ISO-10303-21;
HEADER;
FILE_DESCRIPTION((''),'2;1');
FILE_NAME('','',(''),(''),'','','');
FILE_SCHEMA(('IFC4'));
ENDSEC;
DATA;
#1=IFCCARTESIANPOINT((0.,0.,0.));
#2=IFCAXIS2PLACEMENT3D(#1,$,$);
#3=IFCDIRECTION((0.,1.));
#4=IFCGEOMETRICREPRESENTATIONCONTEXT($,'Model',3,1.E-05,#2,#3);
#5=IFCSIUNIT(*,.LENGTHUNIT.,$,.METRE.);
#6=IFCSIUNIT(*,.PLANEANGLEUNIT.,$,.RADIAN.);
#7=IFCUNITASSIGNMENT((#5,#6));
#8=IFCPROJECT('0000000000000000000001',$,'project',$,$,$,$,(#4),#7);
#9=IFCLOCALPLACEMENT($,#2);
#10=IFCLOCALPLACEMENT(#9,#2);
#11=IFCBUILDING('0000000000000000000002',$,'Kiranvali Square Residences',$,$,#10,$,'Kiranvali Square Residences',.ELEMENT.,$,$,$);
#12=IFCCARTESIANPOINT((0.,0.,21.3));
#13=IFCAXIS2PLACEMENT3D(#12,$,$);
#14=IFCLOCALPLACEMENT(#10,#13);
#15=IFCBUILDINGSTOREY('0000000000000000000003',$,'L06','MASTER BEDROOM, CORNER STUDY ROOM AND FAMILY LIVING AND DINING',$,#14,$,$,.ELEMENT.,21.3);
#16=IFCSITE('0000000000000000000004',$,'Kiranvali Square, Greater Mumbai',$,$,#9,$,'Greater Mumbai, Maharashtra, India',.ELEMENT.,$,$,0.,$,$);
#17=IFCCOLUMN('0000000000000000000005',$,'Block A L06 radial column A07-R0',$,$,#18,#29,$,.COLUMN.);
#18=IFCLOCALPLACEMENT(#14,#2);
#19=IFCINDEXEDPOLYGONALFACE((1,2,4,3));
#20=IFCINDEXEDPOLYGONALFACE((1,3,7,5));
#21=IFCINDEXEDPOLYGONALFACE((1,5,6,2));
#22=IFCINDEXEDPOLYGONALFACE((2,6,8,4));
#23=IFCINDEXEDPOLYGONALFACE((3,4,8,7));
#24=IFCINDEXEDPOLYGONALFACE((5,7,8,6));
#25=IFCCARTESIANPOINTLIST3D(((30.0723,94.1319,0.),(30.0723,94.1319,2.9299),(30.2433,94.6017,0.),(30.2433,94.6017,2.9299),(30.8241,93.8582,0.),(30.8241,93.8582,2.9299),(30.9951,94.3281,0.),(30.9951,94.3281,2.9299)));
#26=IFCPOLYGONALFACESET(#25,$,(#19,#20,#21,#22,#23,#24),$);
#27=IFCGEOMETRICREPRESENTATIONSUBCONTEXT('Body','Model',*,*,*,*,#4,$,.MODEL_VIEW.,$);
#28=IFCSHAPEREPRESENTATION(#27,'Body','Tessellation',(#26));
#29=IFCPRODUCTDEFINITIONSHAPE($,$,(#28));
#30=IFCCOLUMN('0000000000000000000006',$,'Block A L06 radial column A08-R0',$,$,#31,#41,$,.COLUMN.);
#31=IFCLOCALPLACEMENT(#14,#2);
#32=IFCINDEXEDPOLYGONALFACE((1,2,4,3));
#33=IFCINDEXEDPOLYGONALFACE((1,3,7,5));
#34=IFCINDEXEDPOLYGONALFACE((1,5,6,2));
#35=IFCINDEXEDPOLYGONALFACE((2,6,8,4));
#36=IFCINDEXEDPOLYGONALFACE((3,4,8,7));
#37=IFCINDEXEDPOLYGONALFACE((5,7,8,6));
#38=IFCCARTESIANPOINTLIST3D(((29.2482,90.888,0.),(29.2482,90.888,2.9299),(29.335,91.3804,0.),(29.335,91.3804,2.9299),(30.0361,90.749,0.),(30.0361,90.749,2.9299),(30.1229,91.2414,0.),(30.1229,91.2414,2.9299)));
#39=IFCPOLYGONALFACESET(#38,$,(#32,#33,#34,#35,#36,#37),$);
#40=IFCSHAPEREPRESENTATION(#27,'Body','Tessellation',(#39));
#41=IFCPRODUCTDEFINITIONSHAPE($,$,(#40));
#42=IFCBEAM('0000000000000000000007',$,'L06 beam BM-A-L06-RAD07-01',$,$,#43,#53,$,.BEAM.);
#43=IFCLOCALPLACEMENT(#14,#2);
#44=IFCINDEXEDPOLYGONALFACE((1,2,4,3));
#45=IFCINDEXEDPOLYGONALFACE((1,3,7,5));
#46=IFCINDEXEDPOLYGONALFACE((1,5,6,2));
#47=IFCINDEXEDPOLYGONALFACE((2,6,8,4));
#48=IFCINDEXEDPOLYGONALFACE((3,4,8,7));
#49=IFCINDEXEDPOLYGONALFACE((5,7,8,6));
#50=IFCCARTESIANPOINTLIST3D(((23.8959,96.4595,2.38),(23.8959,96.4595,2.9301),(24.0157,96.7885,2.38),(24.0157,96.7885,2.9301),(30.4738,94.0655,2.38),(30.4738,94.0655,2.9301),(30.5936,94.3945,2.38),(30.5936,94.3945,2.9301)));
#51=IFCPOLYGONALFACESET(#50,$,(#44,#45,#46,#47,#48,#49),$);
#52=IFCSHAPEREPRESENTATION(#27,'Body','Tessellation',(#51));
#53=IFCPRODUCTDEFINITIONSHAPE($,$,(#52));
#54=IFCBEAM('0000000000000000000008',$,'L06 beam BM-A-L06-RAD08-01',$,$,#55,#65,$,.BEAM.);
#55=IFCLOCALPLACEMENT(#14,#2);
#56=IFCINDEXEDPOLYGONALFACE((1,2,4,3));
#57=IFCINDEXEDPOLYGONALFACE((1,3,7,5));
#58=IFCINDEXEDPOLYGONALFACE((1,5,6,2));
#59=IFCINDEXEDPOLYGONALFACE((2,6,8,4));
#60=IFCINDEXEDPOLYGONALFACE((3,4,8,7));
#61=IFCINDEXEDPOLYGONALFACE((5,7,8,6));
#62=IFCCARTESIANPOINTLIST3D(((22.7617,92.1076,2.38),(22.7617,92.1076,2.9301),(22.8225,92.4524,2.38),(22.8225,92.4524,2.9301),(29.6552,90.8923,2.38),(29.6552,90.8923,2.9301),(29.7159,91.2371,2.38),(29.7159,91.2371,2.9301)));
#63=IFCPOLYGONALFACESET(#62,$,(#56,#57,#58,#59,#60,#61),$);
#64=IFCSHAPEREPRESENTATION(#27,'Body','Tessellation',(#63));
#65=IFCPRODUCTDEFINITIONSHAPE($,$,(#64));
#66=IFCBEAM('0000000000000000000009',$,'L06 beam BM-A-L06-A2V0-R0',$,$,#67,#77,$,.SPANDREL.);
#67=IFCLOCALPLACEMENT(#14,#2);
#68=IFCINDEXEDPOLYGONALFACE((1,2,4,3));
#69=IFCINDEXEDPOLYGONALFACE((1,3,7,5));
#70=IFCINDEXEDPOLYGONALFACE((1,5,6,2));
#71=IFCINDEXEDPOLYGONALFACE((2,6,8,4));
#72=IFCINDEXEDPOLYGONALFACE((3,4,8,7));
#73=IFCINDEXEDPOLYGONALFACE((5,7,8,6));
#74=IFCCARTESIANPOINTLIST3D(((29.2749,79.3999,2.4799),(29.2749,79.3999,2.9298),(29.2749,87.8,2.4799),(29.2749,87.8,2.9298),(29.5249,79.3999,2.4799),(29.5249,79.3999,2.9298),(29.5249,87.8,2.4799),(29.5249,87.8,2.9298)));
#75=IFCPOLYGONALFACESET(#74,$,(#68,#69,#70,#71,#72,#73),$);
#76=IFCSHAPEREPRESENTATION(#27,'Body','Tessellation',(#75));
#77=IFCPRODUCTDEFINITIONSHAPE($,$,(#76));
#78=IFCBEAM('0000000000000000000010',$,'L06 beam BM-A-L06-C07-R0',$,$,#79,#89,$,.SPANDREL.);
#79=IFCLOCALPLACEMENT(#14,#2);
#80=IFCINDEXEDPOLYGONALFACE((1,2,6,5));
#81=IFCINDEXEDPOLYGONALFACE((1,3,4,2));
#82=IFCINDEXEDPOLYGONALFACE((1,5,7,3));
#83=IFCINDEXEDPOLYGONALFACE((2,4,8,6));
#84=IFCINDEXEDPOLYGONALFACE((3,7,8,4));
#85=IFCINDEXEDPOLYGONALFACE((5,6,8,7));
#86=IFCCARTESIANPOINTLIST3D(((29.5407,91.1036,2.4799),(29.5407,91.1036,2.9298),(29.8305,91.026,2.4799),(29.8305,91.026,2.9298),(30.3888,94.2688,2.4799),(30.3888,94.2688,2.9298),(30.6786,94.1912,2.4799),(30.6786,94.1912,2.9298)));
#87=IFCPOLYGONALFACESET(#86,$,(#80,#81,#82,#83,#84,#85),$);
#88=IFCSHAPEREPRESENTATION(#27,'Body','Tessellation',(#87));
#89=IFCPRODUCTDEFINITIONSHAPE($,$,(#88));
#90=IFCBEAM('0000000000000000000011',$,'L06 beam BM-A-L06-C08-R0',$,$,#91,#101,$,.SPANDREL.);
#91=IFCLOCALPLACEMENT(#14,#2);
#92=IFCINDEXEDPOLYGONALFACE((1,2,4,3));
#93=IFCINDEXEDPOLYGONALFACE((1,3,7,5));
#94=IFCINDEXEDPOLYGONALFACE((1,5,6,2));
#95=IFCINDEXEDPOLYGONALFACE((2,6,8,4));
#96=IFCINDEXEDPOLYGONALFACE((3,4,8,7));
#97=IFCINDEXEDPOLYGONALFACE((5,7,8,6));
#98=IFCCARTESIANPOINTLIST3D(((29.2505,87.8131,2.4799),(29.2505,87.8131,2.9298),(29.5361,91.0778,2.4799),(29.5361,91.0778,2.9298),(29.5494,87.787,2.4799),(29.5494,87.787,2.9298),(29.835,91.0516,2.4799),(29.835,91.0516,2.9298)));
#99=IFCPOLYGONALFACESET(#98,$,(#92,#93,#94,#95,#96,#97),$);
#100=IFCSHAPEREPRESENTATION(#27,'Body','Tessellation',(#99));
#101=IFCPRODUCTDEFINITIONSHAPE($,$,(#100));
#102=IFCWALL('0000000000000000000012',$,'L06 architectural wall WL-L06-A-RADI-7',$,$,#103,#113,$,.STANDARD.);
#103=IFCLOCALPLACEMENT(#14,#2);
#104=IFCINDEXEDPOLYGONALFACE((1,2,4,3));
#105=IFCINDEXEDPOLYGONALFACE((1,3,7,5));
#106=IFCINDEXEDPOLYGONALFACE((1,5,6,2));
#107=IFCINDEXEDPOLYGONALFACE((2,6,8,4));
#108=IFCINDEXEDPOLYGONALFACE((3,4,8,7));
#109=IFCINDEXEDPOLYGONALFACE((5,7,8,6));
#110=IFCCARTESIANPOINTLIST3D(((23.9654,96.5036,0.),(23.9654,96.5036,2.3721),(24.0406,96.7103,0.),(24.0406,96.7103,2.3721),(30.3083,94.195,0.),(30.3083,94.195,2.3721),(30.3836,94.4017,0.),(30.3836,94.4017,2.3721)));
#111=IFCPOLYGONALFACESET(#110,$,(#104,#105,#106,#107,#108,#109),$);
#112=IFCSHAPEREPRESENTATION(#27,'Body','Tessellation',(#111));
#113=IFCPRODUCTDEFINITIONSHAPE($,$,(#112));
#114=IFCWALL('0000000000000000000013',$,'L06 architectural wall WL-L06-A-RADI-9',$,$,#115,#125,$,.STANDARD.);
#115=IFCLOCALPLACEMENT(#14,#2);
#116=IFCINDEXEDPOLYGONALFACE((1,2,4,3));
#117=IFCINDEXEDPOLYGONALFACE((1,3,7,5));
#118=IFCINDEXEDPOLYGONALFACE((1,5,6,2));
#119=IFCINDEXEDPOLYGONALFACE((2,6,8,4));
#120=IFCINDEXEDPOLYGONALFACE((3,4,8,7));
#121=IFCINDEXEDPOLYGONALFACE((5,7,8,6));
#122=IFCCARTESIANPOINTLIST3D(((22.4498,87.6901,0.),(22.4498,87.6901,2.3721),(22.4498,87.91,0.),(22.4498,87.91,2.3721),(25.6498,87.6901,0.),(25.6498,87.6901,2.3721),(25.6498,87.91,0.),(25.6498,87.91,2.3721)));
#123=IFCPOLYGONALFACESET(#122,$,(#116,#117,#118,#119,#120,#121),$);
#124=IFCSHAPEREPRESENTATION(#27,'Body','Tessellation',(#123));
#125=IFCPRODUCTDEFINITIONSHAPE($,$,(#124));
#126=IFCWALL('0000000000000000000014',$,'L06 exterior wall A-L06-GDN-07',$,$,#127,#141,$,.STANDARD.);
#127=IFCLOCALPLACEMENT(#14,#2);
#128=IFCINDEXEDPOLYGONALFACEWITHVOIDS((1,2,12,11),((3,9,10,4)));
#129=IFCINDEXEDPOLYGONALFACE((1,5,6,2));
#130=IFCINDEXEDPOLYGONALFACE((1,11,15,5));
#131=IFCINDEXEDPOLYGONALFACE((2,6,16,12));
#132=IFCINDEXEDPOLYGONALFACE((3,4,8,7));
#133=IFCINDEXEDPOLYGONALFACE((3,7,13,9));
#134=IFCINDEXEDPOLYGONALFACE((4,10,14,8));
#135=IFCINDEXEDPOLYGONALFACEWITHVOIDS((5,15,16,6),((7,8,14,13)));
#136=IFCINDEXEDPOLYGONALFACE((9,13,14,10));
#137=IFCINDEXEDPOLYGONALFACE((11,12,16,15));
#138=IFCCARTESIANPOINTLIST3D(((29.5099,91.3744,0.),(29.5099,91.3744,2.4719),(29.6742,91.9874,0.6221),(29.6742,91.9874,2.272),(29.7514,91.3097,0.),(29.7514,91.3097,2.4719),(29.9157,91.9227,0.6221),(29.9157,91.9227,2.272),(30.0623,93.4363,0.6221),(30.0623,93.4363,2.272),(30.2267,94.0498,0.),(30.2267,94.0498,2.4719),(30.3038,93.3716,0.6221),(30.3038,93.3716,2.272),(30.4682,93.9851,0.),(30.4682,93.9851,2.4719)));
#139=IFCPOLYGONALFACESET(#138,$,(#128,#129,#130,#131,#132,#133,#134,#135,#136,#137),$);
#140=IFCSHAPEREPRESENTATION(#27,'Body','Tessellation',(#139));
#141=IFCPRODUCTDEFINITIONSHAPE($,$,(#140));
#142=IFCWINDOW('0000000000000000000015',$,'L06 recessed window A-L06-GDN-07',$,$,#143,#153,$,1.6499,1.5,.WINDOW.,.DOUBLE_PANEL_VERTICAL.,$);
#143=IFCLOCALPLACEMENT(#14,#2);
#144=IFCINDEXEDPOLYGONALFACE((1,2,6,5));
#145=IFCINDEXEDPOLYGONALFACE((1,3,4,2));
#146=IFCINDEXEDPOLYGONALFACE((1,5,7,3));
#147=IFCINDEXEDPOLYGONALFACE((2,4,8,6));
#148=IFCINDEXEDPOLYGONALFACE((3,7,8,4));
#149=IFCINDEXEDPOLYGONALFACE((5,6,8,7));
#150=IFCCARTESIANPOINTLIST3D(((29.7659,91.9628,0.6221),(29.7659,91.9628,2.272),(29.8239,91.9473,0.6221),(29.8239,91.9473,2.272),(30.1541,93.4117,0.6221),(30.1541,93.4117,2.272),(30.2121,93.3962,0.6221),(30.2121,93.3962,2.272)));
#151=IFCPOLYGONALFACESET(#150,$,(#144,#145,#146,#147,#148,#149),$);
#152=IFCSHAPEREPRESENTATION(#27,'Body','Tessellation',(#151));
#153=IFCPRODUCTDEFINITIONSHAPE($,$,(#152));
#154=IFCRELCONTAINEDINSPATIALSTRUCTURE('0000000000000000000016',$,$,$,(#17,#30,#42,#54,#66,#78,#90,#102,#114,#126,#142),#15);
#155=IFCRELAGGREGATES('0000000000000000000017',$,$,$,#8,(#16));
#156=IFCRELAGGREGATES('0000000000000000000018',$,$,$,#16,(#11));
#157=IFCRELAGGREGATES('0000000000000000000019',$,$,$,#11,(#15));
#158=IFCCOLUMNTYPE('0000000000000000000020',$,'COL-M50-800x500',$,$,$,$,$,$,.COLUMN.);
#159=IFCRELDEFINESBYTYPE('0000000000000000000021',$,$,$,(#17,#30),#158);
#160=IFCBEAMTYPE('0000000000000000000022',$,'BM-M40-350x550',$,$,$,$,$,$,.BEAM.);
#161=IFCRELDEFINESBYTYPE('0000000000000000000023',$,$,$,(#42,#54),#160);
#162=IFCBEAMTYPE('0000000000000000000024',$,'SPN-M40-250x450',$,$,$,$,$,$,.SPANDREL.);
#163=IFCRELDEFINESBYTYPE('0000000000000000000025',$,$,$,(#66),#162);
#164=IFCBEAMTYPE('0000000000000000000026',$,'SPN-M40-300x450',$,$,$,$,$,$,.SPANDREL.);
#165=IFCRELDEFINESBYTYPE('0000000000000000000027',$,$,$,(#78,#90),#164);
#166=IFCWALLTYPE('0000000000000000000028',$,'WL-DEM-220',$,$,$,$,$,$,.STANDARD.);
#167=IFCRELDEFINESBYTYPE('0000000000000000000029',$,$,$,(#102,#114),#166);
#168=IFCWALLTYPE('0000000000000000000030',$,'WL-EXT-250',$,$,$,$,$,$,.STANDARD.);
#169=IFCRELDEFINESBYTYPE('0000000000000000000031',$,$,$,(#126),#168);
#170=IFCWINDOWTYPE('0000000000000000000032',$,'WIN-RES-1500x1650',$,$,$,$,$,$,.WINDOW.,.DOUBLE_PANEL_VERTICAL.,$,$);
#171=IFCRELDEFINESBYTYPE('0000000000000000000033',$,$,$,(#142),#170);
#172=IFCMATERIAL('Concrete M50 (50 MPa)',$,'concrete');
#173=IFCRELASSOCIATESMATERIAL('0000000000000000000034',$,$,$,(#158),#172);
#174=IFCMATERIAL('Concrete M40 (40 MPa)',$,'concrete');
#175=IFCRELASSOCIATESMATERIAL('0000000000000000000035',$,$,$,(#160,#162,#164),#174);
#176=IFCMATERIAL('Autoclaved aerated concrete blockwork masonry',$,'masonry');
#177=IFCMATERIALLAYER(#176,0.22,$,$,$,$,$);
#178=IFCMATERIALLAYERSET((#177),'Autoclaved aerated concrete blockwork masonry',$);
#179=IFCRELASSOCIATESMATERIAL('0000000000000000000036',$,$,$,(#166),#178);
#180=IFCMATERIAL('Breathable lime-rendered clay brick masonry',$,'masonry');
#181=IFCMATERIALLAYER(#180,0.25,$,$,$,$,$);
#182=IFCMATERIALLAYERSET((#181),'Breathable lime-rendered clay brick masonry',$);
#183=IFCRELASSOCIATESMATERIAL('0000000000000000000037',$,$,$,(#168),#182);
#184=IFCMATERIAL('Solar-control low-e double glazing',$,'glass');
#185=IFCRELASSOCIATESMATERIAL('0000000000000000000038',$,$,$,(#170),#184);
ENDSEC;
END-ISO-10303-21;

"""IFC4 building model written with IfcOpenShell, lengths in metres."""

from ifc_helpers import new_model, si_unit, direction, frame, frame_2d, origin, origin_2d, place, context, subcontext, project, spatial, rectangle, extrude, material, layer, layer_set, material_profile, profile_set, type_object, element, fill, save


model = new_model("IFC4")

# Units and contexts
model_context = context("Model", 3, precision=1e-05, world=origin(), true_north=direction((0.0, 1.0)))
body_context = subcontext(model_context, "Body", "Model", "MODEL_VIEW")
ifc_project = project(units=[si_unit("LENGTHUNIT", "METRE"), si_unit("PLANEANGLEUNIT", "RADIAN")], contexts=[model_context])

# Site, building, storey
site_placement = place(None, origin())
site = spatial("IfcSite", under=ifc_project, at=site_placement, Name="Kiranvali Square, Greater Mumbai", LongName="Greater Mumbai, Maharashtra, India", CompositionType="ELEMENT", RefElevation=0.0)
building_placement = place(site_placement, origin())
building = spatial("IfcBuilding", under=site, at=building_placement, Name="Kiranvali Square Residences", LongName="Kiranvali Square Residences", CompositionType="ELEMENT")
storey_placement = place(building_placement, frame((0.0, 0.0, 21.3)))
storey = spatial("IfcBuildingStorey", under=building, at=storey_placement, Name="L06", Description="MASTER BEDROOM, CORNER STUDY ROOM AND FAMILY LIVING AND DINING", CompositionType="ELEMENT", Elevation=21.3)

# Columns
ifc_material_1 = material(Name="Concrete M50 (50 MPa)", Category="concrete")
ifc_material_profile_1 = material_profile(ifc_material_1, rectangle(XDim=0.5, YDim=0.8, at=origin_2d()), Name="RC 800x500")
ifc_profile_set_1 = profile_set([ifc_material_profile_1], Name="Concrete M50 (50 MPa)")
column_type = type_object("IfcColumnType", Name="COL-M50-800x500", PredefinedType="COLUMN", material=ifc_profile_set_1)
for number, where, z_axis, x_axis, name in (
    (1, (30.5337, 94.23, 0.0), (0.0, 0.0, 1.0), (0.34202, 0.939693, 0.0), "Block A L06 radial column A07-R0"),
    (2, (29.6855, 91.0647, 0.0), (0.0, 0.0, 1.0), (0.173648, 0.984808, 0.0), "Block A L06 radial column A08-R0"),
):
    element("IfcColumn", number, at=place(storey_placement, frame(where, z_axis=z_axis, x_axis=x_axis)), inside=storey, type_object=column_type, Name=name, PredefinedType="COLUMN", context=body_context, shape_type="SweptSolid", body=[
        extrude(rectangle(XDim=0.5, YDim=0.8, at=origin_2d()), origin(), (0.0, 0.0, 1.0), 2.9299),
    ])

# Beams
ifc_material_2 = material(Name="Concrete M40 (40 MPa)", Category="concrete")
ifc_material_profile_2 = material_profile(ifc_material_2, rectangle(XDim=0.3501, YDim=0.55, at=origin_2d()), Name="RC 350x550")
ifc_profile_set_2 = profile_set([ifc_material_profile_2], Name="Concrete M40 (40 MPa)")
beam_type_1 = type_object("IfcBeamType", Name="BM-M40-350x550", PredefinedType="BEAM", material=ifc_profile_set_2)
beam_1_placement = place(storey_placement, frame((30.5337, 94.23, 2.655), z_axis=(-0.939698, 0.342006, 0.0), x_axis=(-0.342006, -0.939698, 0.0)))
element("IfcBeam", 3, at=beam_1_placement, inside=storey, type_object=beam_type_1, Name="L06 beam BM-A-L06-RAD07-01", PredefinedType="BEAM", context=body_context, shape_type="SweptSolid", body=[
    extrude(rectangle(XDim=0.3501, YDim=0.55, at=origin_2d()), origin(), (0.0, 0.0, 1.0), 7.0),
])
beam_2_placement = place(storey_placement, frame((29.6855, 91.0647, 2.655), z_axis=(-0.984812, 0.173622, 0.0), x_axis=(-0.173622, -0.984812, 0.0)))
element("IfcBeam", 4, at=beam_2_placement, inside=storey, type_object=beam_type_1, Name="L06 beam BM-A-L06-RAD08-01", PredefinedType="BEAM", context=body_context, shape_type="SweptSolid", body=[
    extrude(rectangle(XDim=0.3501, YDim=0.55, at=origin_2d()), origin(), (0.0, 0.0, 1.0), 6.9998),
])
ifc_material_profile_3 = material_profile(ifc_material_2, rectangle(XDim=0.25, YDim=0.45, at=origin_2d()), Name="RC 250x450")
ifc_profile_set_3 = profile_set([ifc_material_profile_3], Name="Concrete M40 (40 MPa)")
beam_type_2 = type_object("IfcBeamType", Name="SPN-M40-250x450", PredefinedType="SPANDREL", material=ifc_profile_set_3)
beam_3_placement = place(storey_placement, frame((29.3999, 87.8, 2.7048), z_axis=(0.0, -1.0, 0.0), x_axis=(1.0, 0.0, 0.0)))
element("IfcBeam", 5, at=beam_3_placement, inside=storey, type_object=beam_type_2, Name="L06 beam BM-A-L06-A2V0-R0", PredefinedType="SPANDREL", context=body_context, shape_type="SweptSolid", body=[
    extrude(rectangle(XDim=0.25, YDim=0.45, at=origin_2d()), origin(), (0.0, 0.0, 1.0), 8.4001),
])
ifc_material_profile_4 = material_profile(ifc_material_2, rectangle(XDim=0.3, YDim=0.45, at=origin_2d()), Name="RC 300x450")
ifc_profile_set_4 = profile_set([ifc_material_profile_4], Name="Concrete M40 (40 MPa)")
beam_type_3 = type_object("IfcBeamType", Name="SPN-M40-300x450", PredefinedType="SPANDREL", material=ifc_profile_set_4)
beam_4_placement = place(storey_placement, frame((30.5337, 94.23, 2.7048), z_axis=(-0.258822, -0.965925, 0.0), x_axis=(0.965925, -0.258822, 0.0)))
element("IfcBeam", 6, at=beam_4_placement, inside=storey, type_object=beam_type_3, Name="L06 beam BM-A-L06-C07-R0", PredefinedType="SPANDREL", context=body_context, shape_type="SweptSolid", body=[
    extrude(rectangle(XDim=0.3, YDim=0.45, at=origin_2d()), origin(), (0.0, 0.0, 1.0), 3.2769),
])
beam_5_placement = place(storey_placement, frame((29.6855, 91.0647, 2.7048), z_axis=(-0.087163, -0.996194, 0.0), x_axis=(0.996194, -0.087163, 0.0)))
element("IfcBeam", 7, at=beam_5_placement, inside=storey, type_object=beam_type_3, Name="L06 beam BM-A-L06-C08-R0", PredefinedType="SPANDREL", context=body_context, shape_type="SweptSolid", body=[
    extrude(rectangle(XDim=0.3, YDim=0.45, at=origin_2d()), origin(), (0.0, 0.0, 1.0), 3.2771),
])

# Shared definitions
ifc_material_3 = material(Name="Autoclaved aerated concrete blockwork masonry", Category="masonry")

# Walls
ifc_layer_1 = layer(ifc_material_3, 0.22)
ifc_layer_set_1 = layer_set([ifc_layer_1], Name="Autoclaved aerated concrete blockwork masonry")
wall_type_1 = type_object("IfcWallType", Name="WL-DEM-220", PredefinedType="STANDARD", material=ifc_layer_set_1)
wall_1_placement = place(storey_placement, frame((30.3459, 94.2983, 0.0), z_axis=(0.0, 0.0, 1.0), x_axis=(-0.939696, 0.34201, 0.0)))
element("IfcWall", 8, at=wall_1_placement, inside=storey, type_object=wall_type_1, Name="L06 architectural wall WL-L06-A-RADI-7", PredefinedType="STANDARD", context=body_context, shape_type="SweptSolid", body=[
    extrude(rectangle(XDim=6.75, YDim=0.22, at=frame_2d((3.375, 0.0))), origin(), (0.0, 0.0, 1.0), 2.3721),
])
wall_2_placement = place(storey_placement, frame((25.6499, 87.8, 0.0), z_axis=(0.0, 0.0, 1.0), x_axis=(-1.0, 0.0, 0.0)))
element("IfcWall", 9, at=wall_2_placement, inside=storey, type_object=wall_type_1, Name="L06 architectural wall WL-L06-A-RADI-9", PredefinedType="STANDARD", context=body_context, shape_type="SweptSolid", body=[
    extrude(rectangle(XDim=3.2, YDim=0.22, at=frame_2d((1.6001, 0.0))), origin(), (0.0, 0.0, 1.0), 2.3721),
])

# Wall, opening, window
ifc_material_4 = material(Name="Breathable lime-rendered clay brick masonry", Category="masonry")
ifc_layer_2 = layer(ifc_material_4, 0.25)
ifc_layer_set_2 = layer_set([ifc_layer_2], Name="Breathable lime-rendered clay brick masonry")
wall_type_2 = type_object("IfcWallType", Name="WL-EXT-250", PredefinedType="STANDARD", material=ifc_layer_set_2)
wall_3_placement = place(storey_placement, frame((30.3474, 94.0173, 0.0), z_axis=(0.0, 0.0, 1.0), x_axis=(-0.258782, -0.965936, 0.0)))
wall_3 = element("IfcWall", 10, at=wall_3_placement, inside=storey, type_object=wall_type_2, Name="L06 exterior wall A-L06-GDN-07", PredefinedType="STANDARD", context=body_context, shape_type="SweptSolid", body=[
    extrude(rectangle(XDim=2.7698, YDim=0.25, at=frame_2d((1.3848, 0.0))), origin(), (0.0, 0.0, 1.0), 2.4719),
])
opening_1_placement = place(wall_3_placement, frame((0.635, 0.0, 0.6221)))
opening_1 = element("IfcOpeningElement", 11, at=opening_1_placement, cuts=wall_3, PredefinedType="OPENING", context=body_context, shape_type="SweptSolid", body=[
    extrude(rectangle(XDim=1.5, YDim=1.6499, at=frame_2d((0.75, 0.825))), frame((0.0, 0.135, 0.0), z_axis=(0.0, -1.0, 0.0), x_axis=(1.0, 0.0, 0.0)), (0.0, 0.0, 1.0), 0.27),
])
ifc_material_5 = material(Name="Solar-control low-e double glazing", Category="glass")
window_type_1 = type_object("IfcWindowType", Name="WIN-RES-1500x1650", PartitioningType="DOUBLE_PANEL_VERTICAL", PredefinedType="WINDOW", material=ifc_material_5)
window_1_placement = place(opening_1_placement, origin())
window_1 = element("IfcWindow", 12, at=window_1_placement, inside=storey, type_object=window_type_1, Name="L06 recessed window A-L06-GDN-07", OverallHeight=1.6499, OverallWidth=1.5, PartitioningType="DOUBLE_PANEL_VERTICAL", PredefinedType="WINDOW", context=body_context, shape_type="SweptSolid", body=[
    extrude(rectangle(XDim=1.5, YDim=1.6499, at=frame_2d((0.75, 0.825))), frame((0.0, 0.03, 0.0), z_axis=(0.0, -1.0, 0.0), x_axis=(1.0, 0.0, 0.0)), (0.0, 0.0, 1.0), 0.0601),
])
fill(opening_1, window_1)

save(model, "model.ifc")
